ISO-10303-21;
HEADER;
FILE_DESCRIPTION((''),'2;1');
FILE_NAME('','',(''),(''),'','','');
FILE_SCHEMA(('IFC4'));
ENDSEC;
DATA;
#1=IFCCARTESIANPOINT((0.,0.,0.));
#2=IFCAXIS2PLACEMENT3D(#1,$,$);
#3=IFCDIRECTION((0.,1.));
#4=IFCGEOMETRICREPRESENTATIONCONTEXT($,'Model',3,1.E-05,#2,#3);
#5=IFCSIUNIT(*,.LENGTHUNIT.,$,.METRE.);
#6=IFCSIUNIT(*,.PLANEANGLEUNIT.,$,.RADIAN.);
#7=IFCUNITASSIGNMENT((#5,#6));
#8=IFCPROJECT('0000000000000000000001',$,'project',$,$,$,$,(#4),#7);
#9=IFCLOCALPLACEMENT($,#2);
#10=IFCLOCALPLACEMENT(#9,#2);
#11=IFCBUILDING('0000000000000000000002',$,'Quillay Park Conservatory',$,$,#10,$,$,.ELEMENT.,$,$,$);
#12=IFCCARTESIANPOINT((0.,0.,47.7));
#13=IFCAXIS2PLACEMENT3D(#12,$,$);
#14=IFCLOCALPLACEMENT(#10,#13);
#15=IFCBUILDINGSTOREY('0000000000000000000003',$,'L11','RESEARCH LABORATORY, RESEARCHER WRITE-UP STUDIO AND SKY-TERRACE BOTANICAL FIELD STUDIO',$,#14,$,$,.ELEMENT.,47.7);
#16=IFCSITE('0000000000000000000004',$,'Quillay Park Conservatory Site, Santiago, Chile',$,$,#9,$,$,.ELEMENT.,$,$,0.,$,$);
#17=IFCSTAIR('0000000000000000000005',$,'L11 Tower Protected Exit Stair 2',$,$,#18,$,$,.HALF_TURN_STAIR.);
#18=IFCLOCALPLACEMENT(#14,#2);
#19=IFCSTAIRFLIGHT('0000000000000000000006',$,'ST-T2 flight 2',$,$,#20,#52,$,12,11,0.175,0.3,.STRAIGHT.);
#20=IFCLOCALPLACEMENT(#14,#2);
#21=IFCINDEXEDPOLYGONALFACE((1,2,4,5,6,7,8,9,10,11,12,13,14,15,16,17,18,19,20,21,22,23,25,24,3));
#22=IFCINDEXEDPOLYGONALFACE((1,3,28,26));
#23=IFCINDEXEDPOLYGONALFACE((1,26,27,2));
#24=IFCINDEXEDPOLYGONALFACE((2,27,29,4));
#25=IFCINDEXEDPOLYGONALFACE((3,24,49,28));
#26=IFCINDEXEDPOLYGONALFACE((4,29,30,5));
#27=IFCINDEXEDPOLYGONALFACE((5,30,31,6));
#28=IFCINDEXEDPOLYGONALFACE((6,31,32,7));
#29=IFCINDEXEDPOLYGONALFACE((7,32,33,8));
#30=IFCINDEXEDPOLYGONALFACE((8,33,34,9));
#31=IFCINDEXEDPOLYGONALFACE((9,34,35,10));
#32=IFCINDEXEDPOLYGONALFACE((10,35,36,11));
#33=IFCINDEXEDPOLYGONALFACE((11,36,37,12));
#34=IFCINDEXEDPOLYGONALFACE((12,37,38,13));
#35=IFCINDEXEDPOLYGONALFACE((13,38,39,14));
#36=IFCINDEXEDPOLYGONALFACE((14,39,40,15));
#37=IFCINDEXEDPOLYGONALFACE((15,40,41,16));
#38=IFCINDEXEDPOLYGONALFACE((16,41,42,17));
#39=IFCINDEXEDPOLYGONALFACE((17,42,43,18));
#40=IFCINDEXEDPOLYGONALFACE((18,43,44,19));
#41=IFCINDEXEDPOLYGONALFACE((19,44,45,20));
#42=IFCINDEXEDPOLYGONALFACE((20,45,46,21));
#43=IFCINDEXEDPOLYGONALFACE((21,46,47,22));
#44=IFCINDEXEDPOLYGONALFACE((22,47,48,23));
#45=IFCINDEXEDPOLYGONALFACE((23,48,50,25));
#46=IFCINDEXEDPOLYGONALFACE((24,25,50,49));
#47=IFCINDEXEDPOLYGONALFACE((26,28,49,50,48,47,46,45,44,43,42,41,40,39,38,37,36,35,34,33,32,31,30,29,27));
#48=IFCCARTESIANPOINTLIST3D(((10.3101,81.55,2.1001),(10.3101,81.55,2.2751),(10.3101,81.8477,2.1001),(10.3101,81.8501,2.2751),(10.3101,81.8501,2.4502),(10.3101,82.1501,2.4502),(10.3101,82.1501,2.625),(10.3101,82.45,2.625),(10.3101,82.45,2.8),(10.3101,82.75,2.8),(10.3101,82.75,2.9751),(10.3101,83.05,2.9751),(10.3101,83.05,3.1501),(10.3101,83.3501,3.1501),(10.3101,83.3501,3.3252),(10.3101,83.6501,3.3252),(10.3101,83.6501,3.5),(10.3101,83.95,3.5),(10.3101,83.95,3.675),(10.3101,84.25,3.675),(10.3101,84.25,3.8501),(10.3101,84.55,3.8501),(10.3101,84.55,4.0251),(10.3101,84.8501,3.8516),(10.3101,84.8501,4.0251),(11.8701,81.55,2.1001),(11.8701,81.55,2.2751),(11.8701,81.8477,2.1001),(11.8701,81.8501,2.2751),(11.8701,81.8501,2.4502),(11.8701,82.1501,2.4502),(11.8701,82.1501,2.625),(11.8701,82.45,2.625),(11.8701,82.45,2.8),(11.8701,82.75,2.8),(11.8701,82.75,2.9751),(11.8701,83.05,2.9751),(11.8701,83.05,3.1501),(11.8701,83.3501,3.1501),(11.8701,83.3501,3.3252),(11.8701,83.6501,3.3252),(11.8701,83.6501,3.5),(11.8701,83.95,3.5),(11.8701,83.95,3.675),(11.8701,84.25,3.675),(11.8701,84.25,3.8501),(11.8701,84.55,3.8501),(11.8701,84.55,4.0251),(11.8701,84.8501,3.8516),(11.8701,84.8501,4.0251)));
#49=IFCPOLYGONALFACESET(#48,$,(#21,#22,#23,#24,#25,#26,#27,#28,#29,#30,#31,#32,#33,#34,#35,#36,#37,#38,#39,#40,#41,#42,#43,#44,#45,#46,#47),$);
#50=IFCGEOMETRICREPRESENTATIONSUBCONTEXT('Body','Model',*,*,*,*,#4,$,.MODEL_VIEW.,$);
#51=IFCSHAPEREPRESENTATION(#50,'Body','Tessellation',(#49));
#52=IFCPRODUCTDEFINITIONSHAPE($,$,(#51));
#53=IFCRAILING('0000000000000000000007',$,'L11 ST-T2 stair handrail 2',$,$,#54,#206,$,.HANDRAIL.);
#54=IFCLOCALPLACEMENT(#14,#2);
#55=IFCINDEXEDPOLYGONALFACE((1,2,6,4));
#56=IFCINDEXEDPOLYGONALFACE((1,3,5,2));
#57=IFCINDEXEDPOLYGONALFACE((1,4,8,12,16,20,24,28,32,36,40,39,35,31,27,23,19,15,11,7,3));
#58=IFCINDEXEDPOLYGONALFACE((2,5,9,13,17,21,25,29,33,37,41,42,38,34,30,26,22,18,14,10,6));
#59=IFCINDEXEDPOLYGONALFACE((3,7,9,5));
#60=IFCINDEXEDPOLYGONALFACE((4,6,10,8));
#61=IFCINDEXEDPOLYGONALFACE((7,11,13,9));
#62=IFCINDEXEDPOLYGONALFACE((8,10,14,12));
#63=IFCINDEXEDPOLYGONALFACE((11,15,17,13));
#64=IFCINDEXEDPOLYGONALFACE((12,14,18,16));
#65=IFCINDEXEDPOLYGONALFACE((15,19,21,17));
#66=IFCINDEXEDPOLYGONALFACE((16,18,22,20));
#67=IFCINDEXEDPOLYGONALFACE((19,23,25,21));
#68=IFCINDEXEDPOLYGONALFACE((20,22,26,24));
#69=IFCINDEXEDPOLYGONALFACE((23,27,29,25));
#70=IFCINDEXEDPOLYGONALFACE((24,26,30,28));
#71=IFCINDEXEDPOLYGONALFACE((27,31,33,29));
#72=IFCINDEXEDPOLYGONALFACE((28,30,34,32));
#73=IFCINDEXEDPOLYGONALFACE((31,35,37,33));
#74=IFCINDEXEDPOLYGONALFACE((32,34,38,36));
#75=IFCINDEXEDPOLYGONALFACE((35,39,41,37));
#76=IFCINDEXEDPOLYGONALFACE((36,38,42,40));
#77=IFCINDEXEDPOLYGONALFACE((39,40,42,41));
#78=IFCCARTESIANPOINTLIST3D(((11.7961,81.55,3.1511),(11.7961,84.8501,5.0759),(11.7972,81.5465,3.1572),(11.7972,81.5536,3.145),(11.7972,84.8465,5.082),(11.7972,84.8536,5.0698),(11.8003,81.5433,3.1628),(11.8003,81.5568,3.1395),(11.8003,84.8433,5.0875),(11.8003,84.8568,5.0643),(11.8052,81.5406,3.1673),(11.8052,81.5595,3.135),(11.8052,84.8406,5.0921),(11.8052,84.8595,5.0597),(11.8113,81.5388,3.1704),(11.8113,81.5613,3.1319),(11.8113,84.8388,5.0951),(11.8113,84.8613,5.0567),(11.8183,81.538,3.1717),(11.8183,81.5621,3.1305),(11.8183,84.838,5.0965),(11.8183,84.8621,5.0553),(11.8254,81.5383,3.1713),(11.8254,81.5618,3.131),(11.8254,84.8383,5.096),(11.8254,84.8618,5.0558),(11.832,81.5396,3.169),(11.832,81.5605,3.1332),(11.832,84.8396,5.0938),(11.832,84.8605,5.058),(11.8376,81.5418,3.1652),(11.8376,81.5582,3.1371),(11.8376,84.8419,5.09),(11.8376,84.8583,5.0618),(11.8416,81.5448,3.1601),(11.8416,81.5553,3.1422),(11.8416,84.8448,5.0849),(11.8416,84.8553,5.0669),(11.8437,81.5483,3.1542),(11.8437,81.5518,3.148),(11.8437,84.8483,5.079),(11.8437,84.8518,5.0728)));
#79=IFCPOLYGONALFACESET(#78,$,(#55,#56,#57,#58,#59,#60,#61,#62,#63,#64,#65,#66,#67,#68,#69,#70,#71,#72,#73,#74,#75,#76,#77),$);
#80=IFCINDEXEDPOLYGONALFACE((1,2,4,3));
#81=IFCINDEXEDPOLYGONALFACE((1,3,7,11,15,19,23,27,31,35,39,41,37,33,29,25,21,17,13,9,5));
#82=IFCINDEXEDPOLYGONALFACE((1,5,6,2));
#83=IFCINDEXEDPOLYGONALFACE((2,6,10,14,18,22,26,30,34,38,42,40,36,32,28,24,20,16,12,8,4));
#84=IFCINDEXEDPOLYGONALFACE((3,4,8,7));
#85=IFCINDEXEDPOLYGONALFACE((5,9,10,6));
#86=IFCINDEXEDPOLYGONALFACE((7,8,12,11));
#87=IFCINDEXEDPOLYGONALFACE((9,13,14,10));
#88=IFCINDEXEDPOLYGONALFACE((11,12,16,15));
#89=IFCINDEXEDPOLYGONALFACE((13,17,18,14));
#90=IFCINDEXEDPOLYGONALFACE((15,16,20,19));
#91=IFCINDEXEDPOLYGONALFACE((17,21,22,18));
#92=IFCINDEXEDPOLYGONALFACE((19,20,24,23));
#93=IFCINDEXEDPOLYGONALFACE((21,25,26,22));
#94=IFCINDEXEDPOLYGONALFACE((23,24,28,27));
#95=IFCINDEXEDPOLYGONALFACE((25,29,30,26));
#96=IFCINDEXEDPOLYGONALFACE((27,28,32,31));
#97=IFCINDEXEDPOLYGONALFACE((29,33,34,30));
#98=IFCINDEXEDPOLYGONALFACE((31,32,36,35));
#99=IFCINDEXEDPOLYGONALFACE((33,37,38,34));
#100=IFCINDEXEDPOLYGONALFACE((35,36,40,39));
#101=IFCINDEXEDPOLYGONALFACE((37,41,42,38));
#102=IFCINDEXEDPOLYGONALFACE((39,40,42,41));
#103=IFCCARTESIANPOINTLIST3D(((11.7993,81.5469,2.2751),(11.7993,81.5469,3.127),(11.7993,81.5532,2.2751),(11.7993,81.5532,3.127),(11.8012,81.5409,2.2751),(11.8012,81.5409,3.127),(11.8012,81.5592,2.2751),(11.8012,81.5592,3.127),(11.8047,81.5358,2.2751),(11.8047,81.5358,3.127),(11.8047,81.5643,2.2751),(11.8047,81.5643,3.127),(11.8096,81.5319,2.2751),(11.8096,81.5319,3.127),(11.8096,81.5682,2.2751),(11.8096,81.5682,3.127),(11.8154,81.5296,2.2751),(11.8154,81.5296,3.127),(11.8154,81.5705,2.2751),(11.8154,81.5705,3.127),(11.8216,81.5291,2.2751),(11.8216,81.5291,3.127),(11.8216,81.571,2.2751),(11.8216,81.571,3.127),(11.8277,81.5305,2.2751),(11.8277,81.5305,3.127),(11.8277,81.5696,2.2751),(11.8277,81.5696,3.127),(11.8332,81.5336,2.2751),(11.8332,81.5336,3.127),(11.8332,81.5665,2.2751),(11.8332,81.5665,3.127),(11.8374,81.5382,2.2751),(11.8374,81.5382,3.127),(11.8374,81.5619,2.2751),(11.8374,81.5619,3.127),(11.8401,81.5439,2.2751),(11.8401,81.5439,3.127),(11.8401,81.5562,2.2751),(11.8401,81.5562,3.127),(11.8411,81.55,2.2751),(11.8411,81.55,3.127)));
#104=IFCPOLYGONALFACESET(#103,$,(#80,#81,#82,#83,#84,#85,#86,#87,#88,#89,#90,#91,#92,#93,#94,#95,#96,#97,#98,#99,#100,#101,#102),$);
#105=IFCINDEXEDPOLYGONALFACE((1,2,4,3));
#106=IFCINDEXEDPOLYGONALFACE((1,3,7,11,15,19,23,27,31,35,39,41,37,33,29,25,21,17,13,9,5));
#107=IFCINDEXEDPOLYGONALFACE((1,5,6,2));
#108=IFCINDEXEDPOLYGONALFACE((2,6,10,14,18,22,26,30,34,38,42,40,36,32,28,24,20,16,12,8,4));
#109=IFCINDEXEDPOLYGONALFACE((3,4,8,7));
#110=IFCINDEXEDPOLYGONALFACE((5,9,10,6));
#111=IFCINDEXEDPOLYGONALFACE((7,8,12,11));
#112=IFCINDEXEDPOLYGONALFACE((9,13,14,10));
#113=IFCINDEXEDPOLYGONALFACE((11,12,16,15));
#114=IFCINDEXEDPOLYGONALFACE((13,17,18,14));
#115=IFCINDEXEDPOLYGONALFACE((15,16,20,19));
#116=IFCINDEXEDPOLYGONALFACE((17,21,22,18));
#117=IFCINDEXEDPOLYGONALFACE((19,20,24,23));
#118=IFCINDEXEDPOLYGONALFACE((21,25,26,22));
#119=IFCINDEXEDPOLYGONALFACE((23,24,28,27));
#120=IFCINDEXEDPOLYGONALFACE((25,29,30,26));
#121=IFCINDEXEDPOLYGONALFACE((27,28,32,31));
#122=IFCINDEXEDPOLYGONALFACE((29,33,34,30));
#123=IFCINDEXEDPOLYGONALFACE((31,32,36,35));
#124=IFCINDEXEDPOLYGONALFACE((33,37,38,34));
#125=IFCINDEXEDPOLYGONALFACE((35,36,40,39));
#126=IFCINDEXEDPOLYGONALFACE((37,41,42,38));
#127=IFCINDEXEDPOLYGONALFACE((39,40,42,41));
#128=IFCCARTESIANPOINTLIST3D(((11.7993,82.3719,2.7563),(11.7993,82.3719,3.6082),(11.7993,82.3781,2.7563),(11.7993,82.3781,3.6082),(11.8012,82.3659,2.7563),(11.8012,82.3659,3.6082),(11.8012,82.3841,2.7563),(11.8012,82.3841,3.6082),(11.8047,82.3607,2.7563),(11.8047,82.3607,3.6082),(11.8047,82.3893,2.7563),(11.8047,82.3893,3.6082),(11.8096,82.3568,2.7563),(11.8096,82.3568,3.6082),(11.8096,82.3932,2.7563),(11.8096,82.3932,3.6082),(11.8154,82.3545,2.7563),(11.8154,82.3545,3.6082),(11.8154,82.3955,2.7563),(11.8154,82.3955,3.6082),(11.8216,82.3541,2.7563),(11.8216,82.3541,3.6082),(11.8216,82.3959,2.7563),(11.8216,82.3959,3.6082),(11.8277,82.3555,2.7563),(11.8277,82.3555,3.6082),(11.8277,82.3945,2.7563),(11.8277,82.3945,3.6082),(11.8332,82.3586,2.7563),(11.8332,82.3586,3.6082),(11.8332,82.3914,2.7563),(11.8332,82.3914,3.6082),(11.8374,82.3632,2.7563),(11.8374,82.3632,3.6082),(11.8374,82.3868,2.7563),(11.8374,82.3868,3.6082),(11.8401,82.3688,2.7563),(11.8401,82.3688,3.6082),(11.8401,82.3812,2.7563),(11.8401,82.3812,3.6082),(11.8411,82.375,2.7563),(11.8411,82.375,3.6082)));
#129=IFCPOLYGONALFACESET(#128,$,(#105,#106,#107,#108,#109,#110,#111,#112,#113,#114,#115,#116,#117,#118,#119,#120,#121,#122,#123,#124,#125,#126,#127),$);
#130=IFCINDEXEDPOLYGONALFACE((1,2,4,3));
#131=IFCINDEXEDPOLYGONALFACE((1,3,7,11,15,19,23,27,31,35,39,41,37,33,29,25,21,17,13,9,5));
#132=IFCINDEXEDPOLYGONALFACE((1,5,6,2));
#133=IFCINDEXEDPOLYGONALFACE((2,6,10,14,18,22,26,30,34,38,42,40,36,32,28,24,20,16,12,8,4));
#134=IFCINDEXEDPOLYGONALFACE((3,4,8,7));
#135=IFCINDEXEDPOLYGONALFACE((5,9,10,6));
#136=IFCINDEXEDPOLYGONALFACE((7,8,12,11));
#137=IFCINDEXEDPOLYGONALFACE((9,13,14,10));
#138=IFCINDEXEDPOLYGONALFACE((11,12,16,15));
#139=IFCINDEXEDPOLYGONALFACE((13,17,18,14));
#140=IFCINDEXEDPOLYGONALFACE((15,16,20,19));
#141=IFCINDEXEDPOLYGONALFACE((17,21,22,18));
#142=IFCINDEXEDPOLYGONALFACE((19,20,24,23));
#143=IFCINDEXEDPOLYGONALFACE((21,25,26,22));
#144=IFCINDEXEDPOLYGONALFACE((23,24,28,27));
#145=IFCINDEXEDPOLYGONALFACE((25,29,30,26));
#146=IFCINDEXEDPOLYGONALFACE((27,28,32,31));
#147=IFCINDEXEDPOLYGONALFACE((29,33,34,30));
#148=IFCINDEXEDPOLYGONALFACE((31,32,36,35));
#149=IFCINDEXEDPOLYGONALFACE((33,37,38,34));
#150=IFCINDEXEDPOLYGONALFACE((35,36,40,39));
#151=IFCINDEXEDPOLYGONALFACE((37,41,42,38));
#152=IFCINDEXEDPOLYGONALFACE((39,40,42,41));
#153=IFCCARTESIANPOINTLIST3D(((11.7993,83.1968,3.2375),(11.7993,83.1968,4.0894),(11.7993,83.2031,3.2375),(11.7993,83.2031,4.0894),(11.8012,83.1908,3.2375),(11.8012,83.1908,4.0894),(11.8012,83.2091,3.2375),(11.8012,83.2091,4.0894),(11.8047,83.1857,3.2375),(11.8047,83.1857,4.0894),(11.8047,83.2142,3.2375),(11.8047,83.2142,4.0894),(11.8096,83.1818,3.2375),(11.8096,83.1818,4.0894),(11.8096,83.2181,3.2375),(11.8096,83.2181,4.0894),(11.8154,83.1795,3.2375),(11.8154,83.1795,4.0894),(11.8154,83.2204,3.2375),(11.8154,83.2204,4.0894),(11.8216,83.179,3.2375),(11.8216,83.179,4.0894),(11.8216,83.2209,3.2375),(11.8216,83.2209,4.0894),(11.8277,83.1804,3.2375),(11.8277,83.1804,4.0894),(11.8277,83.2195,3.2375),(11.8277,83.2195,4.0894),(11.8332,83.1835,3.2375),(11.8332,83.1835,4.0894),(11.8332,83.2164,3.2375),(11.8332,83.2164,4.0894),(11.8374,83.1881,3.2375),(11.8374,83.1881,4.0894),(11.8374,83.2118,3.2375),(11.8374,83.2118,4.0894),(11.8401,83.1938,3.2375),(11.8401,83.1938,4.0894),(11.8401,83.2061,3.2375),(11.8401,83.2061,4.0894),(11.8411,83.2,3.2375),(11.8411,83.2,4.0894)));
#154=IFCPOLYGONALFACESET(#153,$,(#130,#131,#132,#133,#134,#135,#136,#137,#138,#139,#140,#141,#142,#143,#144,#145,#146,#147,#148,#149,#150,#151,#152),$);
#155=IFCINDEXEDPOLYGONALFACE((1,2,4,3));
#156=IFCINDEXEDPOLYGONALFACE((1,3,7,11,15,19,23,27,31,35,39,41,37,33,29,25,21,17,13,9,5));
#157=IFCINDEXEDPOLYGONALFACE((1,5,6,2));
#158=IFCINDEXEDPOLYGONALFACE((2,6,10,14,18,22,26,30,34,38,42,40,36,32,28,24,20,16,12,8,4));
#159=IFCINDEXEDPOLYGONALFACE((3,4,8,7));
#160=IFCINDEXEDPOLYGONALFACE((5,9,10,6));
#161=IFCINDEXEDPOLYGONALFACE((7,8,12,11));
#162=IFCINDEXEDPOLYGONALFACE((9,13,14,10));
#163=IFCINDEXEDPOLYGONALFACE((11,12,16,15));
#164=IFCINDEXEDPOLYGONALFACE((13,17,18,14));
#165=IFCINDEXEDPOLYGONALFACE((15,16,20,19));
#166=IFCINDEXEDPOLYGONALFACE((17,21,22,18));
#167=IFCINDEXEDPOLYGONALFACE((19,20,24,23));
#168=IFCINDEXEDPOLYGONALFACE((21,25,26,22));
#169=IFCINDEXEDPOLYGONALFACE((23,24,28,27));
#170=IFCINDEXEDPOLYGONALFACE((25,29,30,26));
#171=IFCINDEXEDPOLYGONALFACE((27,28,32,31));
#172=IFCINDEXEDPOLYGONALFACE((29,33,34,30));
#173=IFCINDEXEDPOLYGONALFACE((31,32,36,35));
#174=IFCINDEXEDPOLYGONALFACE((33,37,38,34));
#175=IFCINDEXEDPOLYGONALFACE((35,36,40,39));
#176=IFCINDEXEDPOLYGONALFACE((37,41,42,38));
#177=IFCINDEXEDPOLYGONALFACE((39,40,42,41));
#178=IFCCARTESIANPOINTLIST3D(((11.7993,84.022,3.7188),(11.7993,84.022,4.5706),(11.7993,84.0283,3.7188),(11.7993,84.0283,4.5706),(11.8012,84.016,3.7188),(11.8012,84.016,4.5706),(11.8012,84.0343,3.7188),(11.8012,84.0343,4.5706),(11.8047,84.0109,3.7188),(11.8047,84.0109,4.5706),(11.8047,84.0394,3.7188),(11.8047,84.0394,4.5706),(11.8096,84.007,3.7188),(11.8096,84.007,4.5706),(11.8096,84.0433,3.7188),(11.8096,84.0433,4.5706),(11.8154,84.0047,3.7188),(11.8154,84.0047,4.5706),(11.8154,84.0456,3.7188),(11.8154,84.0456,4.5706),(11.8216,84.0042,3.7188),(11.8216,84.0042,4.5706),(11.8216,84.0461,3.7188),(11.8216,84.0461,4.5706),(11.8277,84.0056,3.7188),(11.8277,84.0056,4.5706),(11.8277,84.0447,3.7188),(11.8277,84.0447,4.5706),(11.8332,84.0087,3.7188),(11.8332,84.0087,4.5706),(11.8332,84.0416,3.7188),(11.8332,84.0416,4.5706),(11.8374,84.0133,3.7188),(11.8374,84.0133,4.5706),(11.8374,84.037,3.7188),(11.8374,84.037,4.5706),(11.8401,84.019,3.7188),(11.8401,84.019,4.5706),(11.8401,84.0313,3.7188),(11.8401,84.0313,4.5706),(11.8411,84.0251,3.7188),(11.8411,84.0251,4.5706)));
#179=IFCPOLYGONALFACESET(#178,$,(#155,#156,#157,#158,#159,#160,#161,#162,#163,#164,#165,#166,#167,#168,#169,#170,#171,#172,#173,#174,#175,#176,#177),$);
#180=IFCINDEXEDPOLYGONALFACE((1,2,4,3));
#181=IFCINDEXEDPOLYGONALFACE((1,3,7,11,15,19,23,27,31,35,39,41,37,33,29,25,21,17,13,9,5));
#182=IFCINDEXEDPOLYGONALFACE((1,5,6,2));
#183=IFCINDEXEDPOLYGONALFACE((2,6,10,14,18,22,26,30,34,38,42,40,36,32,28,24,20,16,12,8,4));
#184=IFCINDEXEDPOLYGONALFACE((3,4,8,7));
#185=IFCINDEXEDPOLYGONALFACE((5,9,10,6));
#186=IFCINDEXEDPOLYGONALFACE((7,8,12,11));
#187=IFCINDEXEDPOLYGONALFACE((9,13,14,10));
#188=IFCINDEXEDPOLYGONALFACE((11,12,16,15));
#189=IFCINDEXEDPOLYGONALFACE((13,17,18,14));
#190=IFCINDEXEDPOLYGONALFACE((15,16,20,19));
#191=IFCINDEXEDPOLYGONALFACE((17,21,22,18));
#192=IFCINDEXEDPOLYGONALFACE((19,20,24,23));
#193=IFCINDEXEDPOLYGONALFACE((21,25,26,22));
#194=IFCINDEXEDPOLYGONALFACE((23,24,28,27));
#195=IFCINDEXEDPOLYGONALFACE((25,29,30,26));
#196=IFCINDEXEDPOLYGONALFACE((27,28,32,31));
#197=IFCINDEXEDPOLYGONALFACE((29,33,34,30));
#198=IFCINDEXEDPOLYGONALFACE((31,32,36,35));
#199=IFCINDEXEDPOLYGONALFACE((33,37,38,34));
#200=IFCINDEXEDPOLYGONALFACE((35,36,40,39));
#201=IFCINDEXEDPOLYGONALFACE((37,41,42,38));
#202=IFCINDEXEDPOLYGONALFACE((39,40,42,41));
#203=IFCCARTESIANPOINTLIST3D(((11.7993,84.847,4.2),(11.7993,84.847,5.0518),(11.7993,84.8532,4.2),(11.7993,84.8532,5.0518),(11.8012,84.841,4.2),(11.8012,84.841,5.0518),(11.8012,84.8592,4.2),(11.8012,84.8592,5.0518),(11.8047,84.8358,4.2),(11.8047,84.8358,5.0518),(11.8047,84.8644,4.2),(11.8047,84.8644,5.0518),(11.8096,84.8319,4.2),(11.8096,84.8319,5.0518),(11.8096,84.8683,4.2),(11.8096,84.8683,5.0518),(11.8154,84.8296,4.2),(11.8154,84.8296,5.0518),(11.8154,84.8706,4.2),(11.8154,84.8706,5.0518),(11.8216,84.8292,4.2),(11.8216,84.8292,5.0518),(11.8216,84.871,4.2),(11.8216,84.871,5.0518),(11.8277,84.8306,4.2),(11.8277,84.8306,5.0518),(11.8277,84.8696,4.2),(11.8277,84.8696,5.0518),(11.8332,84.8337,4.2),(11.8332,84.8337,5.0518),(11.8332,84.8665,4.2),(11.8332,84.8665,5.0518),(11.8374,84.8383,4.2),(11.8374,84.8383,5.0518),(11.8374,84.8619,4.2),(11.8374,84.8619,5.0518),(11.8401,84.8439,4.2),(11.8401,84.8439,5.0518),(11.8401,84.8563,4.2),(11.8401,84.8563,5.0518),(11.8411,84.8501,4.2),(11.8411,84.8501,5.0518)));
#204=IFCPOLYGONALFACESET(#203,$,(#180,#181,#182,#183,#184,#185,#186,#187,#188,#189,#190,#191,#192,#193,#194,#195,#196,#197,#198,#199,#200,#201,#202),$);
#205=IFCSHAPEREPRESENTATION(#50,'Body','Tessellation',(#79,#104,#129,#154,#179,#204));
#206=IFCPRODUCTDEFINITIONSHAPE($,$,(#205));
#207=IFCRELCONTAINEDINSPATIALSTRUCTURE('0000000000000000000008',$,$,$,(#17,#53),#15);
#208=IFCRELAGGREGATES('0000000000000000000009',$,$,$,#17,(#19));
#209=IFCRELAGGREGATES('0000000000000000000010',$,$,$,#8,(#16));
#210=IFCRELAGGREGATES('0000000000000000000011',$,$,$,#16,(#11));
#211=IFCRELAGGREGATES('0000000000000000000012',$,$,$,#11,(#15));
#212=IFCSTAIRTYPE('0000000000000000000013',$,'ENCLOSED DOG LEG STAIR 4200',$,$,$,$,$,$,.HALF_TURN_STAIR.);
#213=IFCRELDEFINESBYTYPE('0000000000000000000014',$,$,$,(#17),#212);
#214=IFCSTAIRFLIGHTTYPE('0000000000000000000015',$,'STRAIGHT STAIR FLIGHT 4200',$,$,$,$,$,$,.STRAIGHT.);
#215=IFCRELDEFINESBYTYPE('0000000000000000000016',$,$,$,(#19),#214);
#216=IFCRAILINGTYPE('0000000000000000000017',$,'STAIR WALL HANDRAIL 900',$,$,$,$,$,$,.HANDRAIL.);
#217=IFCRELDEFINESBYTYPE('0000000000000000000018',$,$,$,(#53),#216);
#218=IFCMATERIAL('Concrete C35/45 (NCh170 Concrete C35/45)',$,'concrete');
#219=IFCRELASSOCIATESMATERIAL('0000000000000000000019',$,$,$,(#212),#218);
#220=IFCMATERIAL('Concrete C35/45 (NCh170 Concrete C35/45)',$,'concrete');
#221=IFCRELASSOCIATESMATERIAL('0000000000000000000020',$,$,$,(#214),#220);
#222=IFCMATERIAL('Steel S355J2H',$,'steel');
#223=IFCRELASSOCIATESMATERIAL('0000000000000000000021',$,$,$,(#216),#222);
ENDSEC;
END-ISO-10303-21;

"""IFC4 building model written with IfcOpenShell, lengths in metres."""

from ifc_helpers import new_model, si_unit, direction, frame, origin, origin_2d, place, context, subcontext, project, spatial, polyline, circle, outline, extrude, material, type_object, element, aggregate, save


model = new_model("IFC4")

# Units and contexts
model_context = context("Model", 3, precision=1e-05, world=origin(), true_north=direction((0.0, 1.0)))
body_context = subcontext(model_context, "Body", "Model", "MODEL_VIEW")
ifc_project = project(units=[si_unit("LENGTHUNIT", "METRE"), si_unit("PLANEANGLEUNIT", "RADIAN")], contexts=[model_context])

# Site, building, storey
site_placement = place(None, origin())
site = spatial("IfcSite", under=ifc_project, at=site_placement, Name="Quillay Park Conservatory Site, Santiago, Chile", CompositionType="ELEMENT", RefElevation=0.0)
building_placement = place(site_placement, origin())
building = spatial("IfcBuilding", under=site, at=building_placement, Name="Quillay Park Conservatory", CompositionType="ELEMENT")
storey_placement = place(building_placement, frame((0.0, 0.0, 47.7)))
storey = spatial("IfcBuildingStorey", under=building, at=storey_placement, Name="L11", Description="RESEARCH LABORATORY, RESEARCHER WRITE-UP STUDIO AND SKY-TERRACE BOTANICAL FIELD STUDIO", CompositionType="ELEMENT", Elevation=47.7)

# Stair, stair flight
ifc_material_1 = material(Name="Concrete C35/45 (NCh170 Concrete C35/45)", Category="concrete")
stair_type = type_object("IfcStairType", Name="ENCLOSED DOG LEG STAIR 4200", PredefinedType="HALF_TURN_STAIR", material=ifc_material_1)
stair_placement = place(storey_placement, origin())
stair = element("IfcStair", 1, at=stair_placement, inside=storey, type_object=stair_type, Name="L11 Tower Protected Exit Stair 2", PredefinedType="HALF_TURN_STAIR")
ifc_material_2 = material(Name="Concrete C35/45 (NCh170 Concrete C35/45)", Category="concrete")
stair_flight_type = type_object("IfcStairFlightType", Name="STRAIGHT STAIR FLIGHT 4200", PredefinedType="STRAIGHT", material=ifc_material_2)
stair_flight_placement = place(storey_placement, frame((11.0901, 81.55, 2.1001), z_axis=(0.0, 0.0, 1.0), x_axis=(0.0, 1.0, 0.0)))
stair_flight = element("IfcStairFlight", 2, at=stair_flight_placement, type_object=stair_flight_type, Name="ST-T2 flight 2", NumberOfRisers=12, NumberOfTreads=11, PredefinedType="STRAIGHT", RiserHeight=0.175, TreadLength=0.3, context=body_context, shape_type="SweptSolid", body=[
    extrude(outline(polyline([(0.0, 0.0), (0.0, 0.175), (0.3, 0.175), (0.3, 0.3501), (0.6001, 0.3501), (0.6001, 0.5249), (0.8999, 0.5249), (0.8999, 0.7), (1.2, 0.7), (1.2, 0.875), (1.5, 0.875), (1.5, 1.05), (1.8, 1.05), (1.8, 1.2251), (2.1001, 1.2251), (2.1001, 1.3999), (2.3999, 1.3999), (2.3999, 1.575), (2.7, 1.575), (2.7, 1.75), (3.0, 1.75), (3.0, 1.925), (3.3, 1.925), (3.3, 2.1001), (3.3, 1.7515), (0.2976, 0.0), (0.0, 0.0)])), frame((0.0, 0.78, 0.0), z_axis=(0.0, -1.0, 0.0), x_axis=(1.0, 0.0, 0.0)), (0.0, 0.0, 1.0), 1.5601),
])
aggregate(stair, [stair_flight])

# Railing
ifc_material_3 = material(Name="Steel S355J2H", Category="steel")
railing_type_1 = type_object("IfcRailingType", Name="STAIR WALL HANDRAIL 900", PredefinedType="HANDRAIL", material=ifc_material_3)
railing_1_placement = place(storey_placement, frame((11.8201, 81.55, 2.2751)))
element("IfcRailing", 3, at=railing_1_placement, inside=storey, type_object=railing_type_1, Name="L11 ST-T2 stair handrail 2", PredefinedType="HANDRAIL", context=body_context, shape_type="SweptSolid", body=[
    extrude(circle(Radius=0.0239, at=origin_2d()), frame((0.0, 0.0, 0.876), z_axis=(0.0, 0.863804, 0.503827), x_axis=(-1.0, 0.0, 0.0)), (0.0, 0.0, 1.0), 3.8203),
    extrude(circle(Radius=0.021, at=origin_2d()), origin(), (0.0, 0.0, 1.0), 0.8518),
    extrude(circle(Radius=0.021, at=origin_2d()), frame((0.0, 0.825, 0.4812)), (0.0, 0.0, 1.0), 0.8518),
    extrude(circle(Radius=0.021, at=origin_2d()), frame((0.0, 1.6499, 0.9624)), (0.0, 0.0, 1.0), 0.8518),
    extrude(circle(Radius=0.021, at=origin_2d()), frame((0.0, 2.4751, 1.4436)), (0.0, 0.0, 1.0), 0.8518),
    extrude(circle(Radius=0.021, at=origin_2d()), frame((0.0, 3.3, 1.9248)), (0.0, 0.0, 1.0), 0.8518),
])

save(model, "model.ifc")
